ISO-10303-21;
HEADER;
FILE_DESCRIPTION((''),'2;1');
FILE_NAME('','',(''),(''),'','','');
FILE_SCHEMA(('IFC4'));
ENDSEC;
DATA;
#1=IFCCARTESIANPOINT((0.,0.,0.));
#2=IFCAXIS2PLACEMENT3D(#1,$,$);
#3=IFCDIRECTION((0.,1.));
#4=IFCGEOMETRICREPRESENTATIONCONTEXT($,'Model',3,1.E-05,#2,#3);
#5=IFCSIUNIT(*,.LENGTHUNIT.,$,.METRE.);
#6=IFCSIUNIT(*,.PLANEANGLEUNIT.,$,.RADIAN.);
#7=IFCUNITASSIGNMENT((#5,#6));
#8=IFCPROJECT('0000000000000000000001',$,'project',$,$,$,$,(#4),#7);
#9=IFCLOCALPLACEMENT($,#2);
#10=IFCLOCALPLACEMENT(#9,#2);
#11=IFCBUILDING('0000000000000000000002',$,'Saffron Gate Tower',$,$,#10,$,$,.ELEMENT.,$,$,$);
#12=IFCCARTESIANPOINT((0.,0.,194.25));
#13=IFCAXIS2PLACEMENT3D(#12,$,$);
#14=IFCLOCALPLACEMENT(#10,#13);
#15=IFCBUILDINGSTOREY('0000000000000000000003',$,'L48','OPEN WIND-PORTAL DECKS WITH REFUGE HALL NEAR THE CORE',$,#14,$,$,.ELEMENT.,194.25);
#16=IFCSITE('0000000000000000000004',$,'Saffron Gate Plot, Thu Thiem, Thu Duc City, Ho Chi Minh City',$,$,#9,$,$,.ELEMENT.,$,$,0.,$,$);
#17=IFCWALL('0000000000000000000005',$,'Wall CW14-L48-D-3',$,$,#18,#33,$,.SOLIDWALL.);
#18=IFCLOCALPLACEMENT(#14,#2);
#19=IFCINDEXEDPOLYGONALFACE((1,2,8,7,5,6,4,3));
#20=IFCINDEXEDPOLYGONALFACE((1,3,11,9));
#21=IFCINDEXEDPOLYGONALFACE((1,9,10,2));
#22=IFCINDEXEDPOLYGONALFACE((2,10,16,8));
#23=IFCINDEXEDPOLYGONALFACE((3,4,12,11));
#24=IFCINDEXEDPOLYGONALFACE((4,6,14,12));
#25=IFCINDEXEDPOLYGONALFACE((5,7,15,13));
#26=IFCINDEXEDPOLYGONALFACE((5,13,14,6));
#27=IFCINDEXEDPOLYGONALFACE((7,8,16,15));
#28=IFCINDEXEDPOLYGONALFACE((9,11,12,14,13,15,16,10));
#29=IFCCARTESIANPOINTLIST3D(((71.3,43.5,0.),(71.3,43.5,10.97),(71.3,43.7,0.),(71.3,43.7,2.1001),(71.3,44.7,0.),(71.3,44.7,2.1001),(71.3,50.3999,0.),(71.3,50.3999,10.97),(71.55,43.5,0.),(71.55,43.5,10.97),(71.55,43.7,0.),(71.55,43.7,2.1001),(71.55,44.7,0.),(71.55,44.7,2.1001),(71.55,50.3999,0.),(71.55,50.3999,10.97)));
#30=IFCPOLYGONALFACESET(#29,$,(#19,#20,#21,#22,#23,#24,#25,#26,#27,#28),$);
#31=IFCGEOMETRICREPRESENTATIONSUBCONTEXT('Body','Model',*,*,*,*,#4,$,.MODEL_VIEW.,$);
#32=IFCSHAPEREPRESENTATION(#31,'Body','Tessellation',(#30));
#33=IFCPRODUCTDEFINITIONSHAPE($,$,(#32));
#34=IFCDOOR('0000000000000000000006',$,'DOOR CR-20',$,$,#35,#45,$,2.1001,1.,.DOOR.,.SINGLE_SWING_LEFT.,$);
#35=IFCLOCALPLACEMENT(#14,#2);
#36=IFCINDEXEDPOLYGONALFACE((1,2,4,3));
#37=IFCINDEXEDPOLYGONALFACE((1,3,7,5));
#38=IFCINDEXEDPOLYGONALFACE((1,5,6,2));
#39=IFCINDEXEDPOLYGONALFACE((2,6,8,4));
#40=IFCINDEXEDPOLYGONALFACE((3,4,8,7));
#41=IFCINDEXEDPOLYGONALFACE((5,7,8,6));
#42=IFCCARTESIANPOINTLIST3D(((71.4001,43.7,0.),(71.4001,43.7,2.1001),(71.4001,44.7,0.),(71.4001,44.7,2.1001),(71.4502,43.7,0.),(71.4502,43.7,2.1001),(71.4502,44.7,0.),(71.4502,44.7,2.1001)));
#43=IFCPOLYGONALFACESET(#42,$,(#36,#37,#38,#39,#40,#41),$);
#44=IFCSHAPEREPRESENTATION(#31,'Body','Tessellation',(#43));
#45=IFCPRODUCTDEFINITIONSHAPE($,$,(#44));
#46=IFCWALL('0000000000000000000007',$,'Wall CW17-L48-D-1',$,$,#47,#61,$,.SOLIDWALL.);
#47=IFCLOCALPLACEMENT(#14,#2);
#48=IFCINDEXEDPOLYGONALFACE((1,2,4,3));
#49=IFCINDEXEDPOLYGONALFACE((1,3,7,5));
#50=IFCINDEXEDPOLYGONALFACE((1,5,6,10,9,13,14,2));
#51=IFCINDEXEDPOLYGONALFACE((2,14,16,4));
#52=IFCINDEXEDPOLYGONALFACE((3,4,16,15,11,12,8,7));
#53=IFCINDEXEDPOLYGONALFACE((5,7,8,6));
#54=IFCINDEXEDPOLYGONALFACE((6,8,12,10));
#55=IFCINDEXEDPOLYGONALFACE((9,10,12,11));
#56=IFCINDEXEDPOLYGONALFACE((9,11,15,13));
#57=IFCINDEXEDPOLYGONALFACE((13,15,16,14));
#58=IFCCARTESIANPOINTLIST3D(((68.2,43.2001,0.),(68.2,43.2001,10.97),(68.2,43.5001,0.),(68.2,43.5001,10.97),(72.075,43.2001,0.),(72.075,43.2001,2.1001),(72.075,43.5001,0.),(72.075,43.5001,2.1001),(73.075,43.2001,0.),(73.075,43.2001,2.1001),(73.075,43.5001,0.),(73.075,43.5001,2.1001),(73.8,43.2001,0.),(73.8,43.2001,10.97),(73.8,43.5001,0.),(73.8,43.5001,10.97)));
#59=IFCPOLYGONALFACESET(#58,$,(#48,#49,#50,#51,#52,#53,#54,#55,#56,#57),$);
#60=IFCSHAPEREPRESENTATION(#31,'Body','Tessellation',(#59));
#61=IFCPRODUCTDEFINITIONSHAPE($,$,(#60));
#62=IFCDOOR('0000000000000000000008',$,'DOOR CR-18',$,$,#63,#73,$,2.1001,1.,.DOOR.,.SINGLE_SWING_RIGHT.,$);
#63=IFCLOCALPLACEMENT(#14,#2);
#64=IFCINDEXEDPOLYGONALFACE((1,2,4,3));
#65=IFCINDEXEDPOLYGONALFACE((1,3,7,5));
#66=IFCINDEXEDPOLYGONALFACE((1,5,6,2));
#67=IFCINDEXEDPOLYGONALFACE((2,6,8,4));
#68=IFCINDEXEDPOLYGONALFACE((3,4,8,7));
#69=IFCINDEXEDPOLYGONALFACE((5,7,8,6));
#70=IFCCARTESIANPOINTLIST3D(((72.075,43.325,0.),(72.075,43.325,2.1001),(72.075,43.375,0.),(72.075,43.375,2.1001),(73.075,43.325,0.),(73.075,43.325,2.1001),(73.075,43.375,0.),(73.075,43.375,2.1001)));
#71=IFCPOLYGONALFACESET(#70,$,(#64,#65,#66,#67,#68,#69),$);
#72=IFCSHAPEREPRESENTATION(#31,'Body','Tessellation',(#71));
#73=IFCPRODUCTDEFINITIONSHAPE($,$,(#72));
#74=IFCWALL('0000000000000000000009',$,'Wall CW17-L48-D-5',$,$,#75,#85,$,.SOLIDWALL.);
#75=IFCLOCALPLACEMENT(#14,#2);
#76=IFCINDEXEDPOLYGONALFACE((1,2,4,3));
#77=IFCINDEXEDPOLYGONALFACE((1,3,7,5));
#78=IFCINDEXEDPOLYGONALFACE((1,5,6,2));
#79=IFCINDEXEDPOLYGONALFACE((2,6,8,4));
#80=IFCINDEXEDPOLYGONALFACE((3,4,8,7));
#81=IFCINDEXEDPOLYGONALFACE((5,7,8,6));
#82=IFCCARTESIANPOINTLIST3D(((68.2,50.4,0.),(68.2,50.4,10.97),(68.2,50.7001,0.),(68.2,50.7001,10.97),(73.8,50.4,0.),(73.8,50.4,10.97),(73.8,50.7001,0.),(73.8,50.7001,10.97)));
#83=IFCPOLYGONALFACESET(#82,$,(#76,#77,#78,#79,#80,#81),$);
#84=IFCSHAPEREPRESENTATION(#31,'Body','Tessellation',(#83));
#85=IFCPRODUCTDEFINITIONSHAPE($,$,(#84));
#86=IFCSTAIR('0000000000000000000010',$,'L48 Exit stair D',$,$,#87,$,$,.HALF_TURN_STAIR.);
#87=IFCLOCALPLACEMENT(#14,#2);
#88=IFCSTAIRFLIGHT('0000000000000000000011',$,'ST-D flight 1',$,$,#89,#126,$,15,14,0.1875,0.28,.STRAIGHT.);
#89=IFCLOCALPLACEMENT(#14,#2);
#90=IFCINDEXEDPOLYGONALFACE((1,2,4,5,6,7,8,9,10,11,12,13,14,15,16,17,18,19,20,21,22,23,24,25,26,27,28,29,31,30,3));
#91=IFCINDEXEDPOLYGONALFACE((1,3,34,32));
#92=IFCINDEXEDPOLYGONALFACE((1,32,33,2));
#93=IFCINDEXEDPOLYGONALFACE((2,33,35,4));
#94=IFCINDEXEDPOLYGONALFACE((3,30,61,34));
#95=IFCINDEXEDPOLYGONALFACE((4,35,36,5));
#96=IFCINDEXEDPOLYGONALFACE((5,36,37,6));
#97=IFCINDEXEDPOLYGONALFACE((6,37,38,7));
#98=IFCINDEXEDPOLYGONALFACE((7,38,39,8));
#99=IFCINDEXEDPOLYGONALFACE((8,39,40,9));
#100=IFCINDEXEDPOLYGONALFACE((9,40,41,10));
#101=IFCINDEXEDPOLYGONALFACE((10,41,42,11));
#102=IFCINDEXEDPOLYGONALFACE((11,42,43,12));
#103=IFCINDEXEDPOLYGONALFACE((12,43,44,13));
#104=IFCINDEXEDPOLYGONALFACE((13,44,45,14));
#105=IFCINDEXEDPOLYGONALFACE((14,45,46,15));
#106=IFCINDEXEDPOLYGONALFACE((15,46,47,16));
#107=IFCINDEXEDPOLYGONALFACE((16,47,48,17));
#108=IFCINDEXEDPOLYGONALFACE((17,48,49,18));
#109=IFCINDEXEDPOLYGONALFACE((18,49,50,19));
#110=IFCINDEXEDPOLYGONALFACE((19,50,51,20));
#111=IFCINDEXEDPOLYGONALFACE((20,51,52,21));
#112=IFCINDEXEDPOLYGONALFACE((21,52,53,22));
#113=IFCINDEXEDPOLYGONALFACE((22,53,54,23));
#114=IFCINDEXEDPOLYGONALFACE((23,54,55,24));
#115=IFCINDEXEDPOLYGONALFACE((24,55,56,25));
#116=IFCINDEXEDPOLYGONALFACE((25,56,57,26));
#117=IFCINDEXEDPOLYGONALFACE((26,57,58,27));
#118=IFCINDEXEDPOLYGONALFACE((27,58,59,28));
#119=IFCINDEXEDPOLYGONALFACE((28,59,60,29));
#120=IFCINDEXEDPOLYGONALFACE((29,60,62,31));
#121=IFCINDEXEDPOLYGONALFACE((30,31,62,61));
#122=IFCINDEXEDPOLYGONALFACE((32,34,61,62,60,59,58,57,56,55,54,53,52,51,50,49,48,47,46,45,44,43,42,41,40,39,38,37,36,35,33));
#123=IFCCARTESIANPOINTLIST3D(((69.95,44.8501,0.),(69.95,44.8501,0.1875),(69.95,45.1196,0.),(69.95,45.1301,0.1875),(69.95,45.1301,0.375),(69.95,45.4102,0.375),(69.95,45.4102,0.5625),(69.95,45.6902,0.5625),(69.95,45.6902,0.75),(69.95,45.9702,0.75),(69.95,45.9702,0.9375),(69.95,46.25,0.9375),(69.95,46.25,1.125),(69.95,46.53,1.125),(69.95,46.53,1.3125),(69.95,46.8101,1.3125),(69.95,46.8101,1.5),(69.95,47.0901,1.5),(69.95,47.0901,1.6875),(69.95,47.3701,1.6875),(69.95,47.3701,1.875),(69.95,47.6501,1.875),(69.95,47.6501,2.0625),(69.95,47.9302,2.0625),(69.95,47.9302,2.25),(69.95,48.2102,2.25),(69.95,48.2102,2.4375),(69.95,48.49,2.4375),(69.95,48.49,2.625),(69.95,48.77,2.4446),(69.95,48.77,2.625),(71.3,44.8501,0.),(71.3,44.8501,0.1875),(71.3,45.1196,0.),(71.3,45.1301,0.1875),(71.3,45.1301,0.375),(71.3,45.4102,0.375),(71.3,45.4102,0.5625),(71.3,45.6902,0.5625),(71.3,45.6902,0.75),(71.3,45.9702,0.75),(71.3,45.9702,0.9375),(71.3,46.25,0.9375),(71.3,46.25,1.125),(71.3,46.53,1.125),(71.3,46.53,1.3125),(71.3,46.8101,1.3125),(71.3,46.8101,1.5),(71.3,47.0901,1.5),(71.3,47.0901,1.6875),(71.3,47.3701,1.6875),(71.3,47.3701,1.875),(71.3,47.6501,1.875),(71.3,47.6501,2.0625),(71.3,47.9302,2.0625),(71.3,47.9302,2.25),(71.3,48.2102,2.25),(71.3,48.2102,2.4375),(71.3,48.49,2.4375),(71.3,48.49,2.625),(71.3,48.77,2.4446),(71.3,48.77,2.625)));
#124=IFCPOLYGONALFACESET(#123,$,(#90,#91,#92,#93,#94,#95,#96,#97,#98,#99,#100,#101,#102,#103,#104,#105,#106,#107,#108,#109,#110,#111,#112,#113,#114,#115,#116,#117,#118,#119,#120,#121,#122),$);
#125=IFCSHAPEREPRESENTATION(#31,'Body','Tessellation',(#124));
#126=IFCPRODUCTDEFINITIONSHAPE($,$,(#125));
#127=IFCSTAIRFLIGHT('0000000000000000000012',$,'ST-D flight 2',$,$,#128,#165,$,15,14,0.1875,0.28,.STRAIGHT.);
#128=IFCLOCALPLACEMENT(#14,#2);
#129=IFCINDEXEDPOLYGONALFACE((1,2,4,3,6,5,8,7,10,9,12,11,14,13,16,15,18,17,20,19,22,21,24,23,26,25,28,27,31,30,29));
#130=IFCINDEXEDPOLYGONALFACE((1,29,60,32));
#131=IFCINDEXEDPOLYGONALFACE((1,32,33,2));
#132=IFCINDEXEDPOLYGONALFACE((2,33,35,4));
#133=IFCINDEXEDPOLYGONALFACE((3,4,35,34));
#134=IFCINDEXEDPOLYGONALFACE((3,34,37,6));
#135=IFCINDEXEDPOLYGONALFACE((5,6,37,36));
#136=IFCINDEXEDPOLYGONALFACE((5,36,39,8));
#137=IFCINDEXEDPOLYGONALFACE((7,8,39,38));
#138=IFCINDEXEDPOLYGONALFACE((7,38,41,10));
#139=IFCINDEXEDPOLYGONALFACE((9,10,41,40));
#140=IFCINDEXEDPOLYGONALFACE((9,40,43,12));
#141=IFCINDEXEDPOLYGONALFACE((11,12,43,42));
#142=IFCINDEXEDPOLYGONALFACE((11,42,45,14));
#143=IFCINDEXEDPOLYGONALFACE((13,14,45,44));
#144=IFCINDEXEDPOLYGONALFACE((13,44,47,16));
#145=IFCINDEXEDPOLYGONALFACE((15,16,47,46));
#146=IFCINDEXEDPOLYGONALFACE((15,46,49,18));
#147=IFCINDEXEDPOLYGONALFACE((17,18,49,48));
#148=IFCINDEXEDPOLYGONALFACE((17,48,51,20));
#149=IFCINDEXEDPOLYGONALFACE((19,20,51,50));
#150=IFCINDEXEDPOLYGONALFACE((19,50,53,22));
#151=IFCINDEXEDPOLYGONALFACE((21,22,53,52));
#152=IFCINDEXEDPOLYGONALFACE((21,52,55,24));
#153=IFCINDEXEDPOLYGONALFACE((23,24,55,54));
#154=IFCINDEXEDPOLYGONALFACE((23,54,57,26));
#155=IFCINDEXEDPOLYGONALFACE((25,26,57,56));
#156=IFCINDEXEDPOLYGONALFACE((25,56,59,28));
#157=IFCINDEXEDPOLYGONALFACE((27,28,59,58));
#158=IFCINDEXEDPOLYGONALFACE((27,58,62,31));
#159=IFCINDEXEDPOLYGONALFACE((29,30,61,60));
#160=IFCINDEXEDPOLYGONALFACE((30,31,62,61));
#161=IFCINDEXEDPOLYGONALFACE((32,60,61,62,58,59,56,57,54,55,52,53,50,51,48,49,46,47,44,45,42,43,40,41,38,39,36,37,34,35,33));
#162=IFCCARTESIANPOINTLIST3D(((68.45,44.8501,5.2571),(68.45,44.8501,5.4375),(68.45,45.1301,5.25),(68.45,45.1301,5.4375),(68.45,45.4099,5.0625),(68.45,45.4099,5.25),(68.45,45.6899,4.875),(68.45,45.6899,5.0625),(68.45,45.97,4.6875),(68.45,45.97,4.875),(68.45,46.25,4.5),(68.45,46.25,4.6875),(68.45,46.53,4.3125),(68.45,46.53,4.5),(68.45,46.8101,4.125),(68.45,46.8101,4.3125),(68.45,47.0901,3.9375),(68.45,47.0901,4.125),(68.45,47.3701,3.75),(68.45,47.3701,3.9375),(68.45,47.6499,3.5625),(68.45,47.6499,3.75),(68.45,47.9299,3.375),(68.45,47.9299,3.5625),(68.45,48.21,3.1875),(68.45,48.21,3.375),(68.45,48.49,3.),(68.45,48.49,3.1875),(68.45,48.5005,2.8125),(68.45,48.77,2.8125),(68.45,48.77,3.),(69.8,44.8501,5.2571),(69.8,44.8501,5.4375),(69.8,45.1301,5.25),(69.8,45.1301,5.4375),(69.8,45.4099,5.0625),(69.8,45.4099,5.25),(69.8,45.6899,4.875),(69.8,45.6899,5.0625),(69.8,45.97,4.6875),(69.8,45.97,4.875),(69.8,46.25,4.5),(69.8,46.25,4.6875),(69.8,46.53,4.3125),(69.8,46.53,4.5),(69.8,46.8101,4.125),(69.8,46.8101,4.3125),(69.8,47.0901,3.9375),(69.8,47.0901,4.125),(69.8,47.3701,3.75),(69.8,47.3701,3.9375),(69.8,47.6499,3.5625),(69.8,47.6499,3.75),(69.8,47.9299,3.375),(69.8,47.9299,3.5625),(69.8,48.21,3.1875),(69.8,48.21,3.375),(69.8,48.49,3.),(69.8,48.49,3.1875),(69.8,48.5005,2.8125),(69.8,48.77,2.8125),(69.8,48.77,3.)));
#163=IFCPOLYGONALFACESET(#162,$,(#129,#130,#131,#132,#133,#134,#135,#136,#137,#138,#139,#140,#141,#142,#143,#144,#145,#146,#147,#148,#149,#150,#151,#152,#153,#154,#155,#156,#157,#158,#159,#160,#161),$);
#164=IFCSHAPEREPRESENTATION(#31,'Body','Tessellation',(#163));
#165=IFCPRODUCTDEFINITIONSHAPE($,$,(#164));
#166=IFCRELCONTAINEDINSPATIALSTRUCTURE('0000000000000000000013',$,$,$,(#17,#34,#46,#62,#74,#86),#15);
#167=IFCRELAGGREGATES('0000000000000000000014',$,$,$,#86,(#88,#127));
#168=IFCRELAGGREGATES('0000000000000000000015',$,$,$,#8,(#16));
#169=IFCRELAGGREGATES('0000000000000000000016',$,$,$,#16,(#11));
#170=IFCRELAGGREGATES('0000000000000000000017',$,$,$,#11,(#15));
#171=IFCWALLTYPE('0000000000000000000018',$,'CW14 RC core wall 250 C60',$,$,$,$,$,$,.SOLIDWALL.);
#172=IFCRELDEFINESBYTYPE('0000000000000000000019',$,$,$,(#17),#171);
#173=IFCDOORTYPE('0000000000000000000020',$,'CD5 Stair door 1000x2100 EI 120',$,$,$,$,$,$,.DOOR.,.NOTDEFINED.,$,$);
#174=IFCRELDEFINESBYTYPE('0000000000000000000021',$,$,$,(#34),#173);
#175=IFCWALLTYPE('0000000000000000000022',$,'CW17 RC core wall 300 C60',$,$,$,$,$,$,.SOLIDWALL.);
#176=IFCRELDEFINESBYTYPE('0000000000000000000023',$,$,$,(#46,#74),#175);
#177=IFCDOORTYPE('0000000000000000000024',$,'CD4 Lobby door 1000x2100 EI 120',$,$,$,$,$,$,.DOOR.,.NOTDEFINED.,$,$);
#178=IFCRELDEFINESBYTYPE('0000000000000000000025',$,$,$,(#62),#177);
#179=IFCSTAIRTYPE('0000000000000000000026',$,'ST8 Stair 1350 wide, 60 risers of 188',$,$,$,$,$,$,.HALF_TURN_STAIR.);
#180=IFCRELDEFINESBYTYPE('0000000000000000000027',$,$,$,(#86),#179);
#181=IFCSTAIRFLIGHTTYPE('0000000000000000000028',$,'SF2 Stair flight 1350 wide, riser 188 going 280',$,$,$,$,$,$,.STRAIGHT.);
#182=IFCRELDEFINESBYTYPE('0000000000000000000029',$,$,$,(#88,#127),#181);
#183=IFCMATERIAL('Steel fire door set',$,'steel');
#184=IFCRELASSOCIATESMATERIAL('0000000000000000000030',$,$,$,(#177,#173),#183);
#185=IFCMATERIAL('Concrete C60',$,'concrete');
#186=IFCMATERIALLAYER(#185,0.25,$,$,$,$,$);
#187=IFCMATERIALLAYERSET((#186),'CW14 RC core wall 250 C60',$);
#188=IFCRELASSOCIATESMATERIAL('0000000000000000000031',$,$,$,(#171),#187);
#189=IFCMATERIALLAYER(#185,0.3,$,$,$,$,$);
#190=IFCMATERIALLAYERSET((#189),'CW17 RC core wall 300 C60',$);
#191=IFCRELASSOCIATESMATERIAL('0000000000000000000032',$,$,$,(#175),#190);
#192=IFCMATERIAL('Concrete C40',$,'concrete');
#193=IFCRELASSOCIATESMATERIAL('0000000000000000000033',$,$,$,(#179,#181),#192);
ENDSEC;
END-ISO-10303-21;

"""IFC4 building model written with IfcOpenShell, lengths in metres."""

from ifc_helpers import new_model, si_unit, direction, frame, frame_2d, origin, place, context, subcontext, project, spatial, polyline, rectangle, outline, extrude, material, layer, layer_set, type_object, element, fill, aggregate, save


model = new_model("IFC4")

# Units and contexts
model_context = context("Model", 3, precision=1e-05, world=origin(), true_north=direction((0.0, 1.0)))
body_context = subcontext(model_context, "Body", "Model", "MODEL_VIEW")
ifc_project = project(units=[si_unit("LENGTHUNIT", "METRE"), si_unit("PLANEANGLEUNIT", "RADIAN")], contexts=[model_context])

# Site, building, storey
site_placement = place(None, origin())
site = spatial("IfcSite", under=ifc_project, at=site_placement, Name="Saffron Gate Plot, Thu Thiem, Thu Duc City, Ho Chi Minh City", CompositionType="ELEMENT", RefElevation=0.0)
building_placement = place(site_placement, origin())
building = spatial("IfcBuilding", under=site, at=building_placement, Name="Saffron Gate Tower", CompositionType="ELEMENT")
storey_placement = place(building_placement, frame((0.0, 0.0, 194.25)))
storey = spatial("IfcBuildingStorey", under=building, at=storey_placement, Name="L48", Description="OPEN WIND-PORTAL DECKS WITH REFUGE HALL NEAR THE CORE", CompositionType="ELEMENT", Elevation=194.25)

# Shared definitions
ifc_material_1 = material(Name="Steel fire door set", Category="steel")
door_type_1 = type_object("IfcDoorType", Name="CD4 Lobby door 1000x2100 EI 120", OperationType="NOTDEFINED", PredefinedType="DOOR", material=ifc_material_1)

# Shared definitions
ifc_material_2 = material(Name="Concrete C60", Category="concrete")
ifc_layer_1 = layer(ifc_material_2, 0.25)
ifc_layer_set_1 = layer_set([ifc_layer_1], Name="CW14 RC core wall 250 C60")
wall_type_1 = type_object("IfcWallType", Name="CW14 RC core wall 250 C60", PredefinedType="SOLIDWALL", material=ifc_layer_set_1)

# Walls, openings, doors
wall_1_placement = place(storey_placement, frame((71.425, 43.5, 0.0), z_axis=(0.0, 0.0, 1.0), x_axis=(0.0, 1.0, 0.0)))
wall_1 = element("IfcWall", 1, at=wall_1_placement, inside=storey, type_object=wall_type_1, Name="Wall CW14-L48-D-3", PredefinedType="SOLIDWALL", context=body_context, shape_type="SweptSolid", body=[
    extrude(rectangle(XDim=6.8999, YDim=0.25, at=frame_2d((3.45, 0.0))), origin(), (0.0, 0.0, 1.0), 10.97),
])
opening_1_placement = place(wall_1_placement, frame((0.2, 0.0, 0.0)))
opening_1 = element("IfcOpeningElement", 2, at=opening_1_placement, cuts=wall_1, PredefinedType="OPENING", context=body_context, shape_type="SweptSolid", body=[
    extrude(rectangle(XDim=1.0, YDim=2.1001, at=frame_2d((0.5, 1.05))), frame((0.0, 0.135, 0.0), z_axis=(0.0, -1.0, 0.0), x_axis=(1.0, 0.0, 0.0)), (0.0, 0.0, 1.0), 0.27),
])
door_type_2 = type_object("IfcDoorType", Name="CD5 Stair door 1000x2100 EI 120", OperationType="NOTDEFINED", PredefinedType="DOOR", material=ifc_material_1)
door_1_placement = place(opening_1_placement, origin())
door_1 = element("IfcDoor", 3, at=door_1_placement, inside=storey, type_object=door_type_2, Name="DOOR CR-20", OperationType="SINGLE_SWING_LEFT", OverallHeight=2.1001, OverallWidth=1.0, PredefinedType="DOOR", context=body_context, shape_type="SweptSolid", body=[
    extrude(rectangle(XDim=1.0, YDim=2.1001, at=frame_2d((0.5, 1.05))), frame((0.0, 0.0249, 0.0), z_axis=(0.0, -1.0, 0.0), x_axis=(1.0, 0.0, 0.0)), (0.0, 0.0, 1.0), 0.05),
])
fill(opening_1, door_1)
ifc_layer_2 = layer(ifc_material_2, 0.3)
ifc_layer_set_2 = layer_set([ifc_layer_2], Name="CW17 RC core wall 300 C60")
wall_type_2 = type_object("IfcWallType", Name="CW17 RC core wall 300 C60", PredefinedType="SOLIDWALL", material=ifc_layer_set_2)
wall_2_placement = place(storey_placement, frame((68.2, 43.3501, 0.0), z_axis=(0.0, 0.0, 1.0), x_axis=(1.0, 0.0, 0.0)))
wall_2 = element("IfcWall", 4, at=wall_2_placement, inside=storey, type_object=wall_type_2, Name="Wall CW17-L48-D-1", PredefinedType="SOLIDWALL", context=body_context, shape_type="SweptSolid", body=[
    extrude(rectangle(XDim=5.6001, YDim=0.3, at=frame_2d((2.8, 0.0))), origin(), (0.0, 0.0, 1.0), 10.97),
])
opening_2_placement = place(wall_2_placement, frame((3.875, 0.0, 0.0)))
opening_2 = element("IfcOpeningElement", 5, at=opening_2_placement, cuts=wall_2, PredefinedType="OPENING", context=body_context, shape_type="SweptSolid", body=[
    extrude(rectangle(XDim=1.0, YDim=2.1001, at=frame_2d((0.5, 1.05))), frame((0.0, 0.1602, 0.0), z_axis=(0.0, -1.0, 0.0), x_axis=(1.0, 0.0, 0.0)), (0.0, 0.0, 1.0), 0.3201),
])
door_2_placement = place(opening_2_placement, origin())
door_2 = element("IfcDoor", 6, at=door_2_placement, inside=storey, type_object=door_type_1, Name="DOOR CR-18", OperationType="SINGLE_SWING_RIGHT", OverallHeight=2.1001, OverallWidth=1.0, PredefinedType="DOOR", context=body_context, shape_type="SweptSolid", body=[
    extrude(rectangle(XDim=1.0, YDim=2.1001, at=frame_2d((0.5, 1.05))), frame((0.0, 0.0249, 0.0), z_axis=(0.0, -1.0, 0.0), x_axis=(1.0, 0.0, 0.0)), (0.0, 0.0, 1.0), 0.05),
])
fill(opening_2, door_2)

# Wall
wall_3_placement = place(storey_placement, frame((68.2, 50.55, 0.0), z_axis=(0.0, 0.0, 1.0), x_axis=(1.0, 0.0, 0.0)))
element("IfcWall", 7, at=wall_3_placement, inside=storey, type_object=wall_type_2, Name="Wall CW17-L48-D-5", PredefinedType="SOLIDWALL", context=body_context, shape_type="SweptSolid", body=[
    extrude(rectangle(XDim=5.6001, YDim=0.3, at=frame_2d((2.8, 0.0))), origin(), (0.0, 0.0, 1.0), 10.97),
])

# Stair, stair flights
ifc_material_3 = material(Name="Concrete C40", Category="concrete")
stair_type = type_object("IfcStairType", Name="ST8 Stair 1350 wide, 60 risers of 188", PredefinedType="HALF_TURN_STAIR", material=ifc_material_3)
stair_placement = place(storey_placement, origin())
stair = element("IfcStair", 8, at=stair_placement, inside=storey, type_object=stair_type, Name="L48 Exit stair D", PredefinedType="HALF_TURN_STAIR")
stair_flight_type = type_object("IfcStairFlightType", Name="SF2 Stair flight 1350 wide, riser 188 going 280", PredefinedType="STRAIGHT", material=ifc_material_3)
stair_flight_1_placement = place(storey_placement, frame((70.625, 44.8501, 0.0), z_axis=(0.0, 0.0, 1.0), x_axis=(0.0, 1.0, 0.0)))
stair_flight_1 = element("IfcStairFlight", 9, at=stair_flight_1_placement, type_object=stair_flight_type, Name="ST-D flight 1", NumberOfRisers=15, NumberOfTreads=14, PredefinedType="STRAIGHT", RiserHeight=0.1875, TreadLength=0.28, context=body_context, shape_type="SweptSolid", body=[
    extrude(outline(polyline([(0.0, 0.0), (0.0, 0.1875), (0.28, 0.1875), (0.28, 0.375), (0.5601, 0.375), (0.5601, 0.5625), (0.8401, 0.5625), (0.8401, 0.75), (1.1201, 0.75), (1.1201, 0.9375), (1.3999, 0.9375), (1.3999, 1.125), (1.6799, 1.125), (1.6799, 1.3125), (1.96, 1.3125), (1.96, 1.5), (2.24, 1.5), (2.24, 1.6875), (2.52, 1.6875), (2.52, 1.875), (2.8, 1.875), (2.8, 2.0625), (3.0801, 2.0625), (3.0801, 2.25), (3.3601, 2.25), (3.3601, 2.4375), (3.6399, 2.4375), (3.6399, 2.625), (3.9199, 2.625), (3.9199, 2.8125), (3.9199, 2.4446), (0.2695, 0.0), (0.0, 0.0)])), frame((0.0, 0.675, 0.0), z_axis=(0.0, -1.0, 0.0), x_axis=(1.0, 0.0, 0.0)), (0.0, 0.0, 1.0), 1.3501),
])
stair_flight_2_placement = place(storey_placement, frame((69.125, 48.77, 2.8125), z_axis=(0.0, 0.0, 1.0), x_axis=(0.0, -1.0, 0.0)))
stair_flight_2 = element("IfcStairFlight", 10, at=stair_flight_2_placement, type_object=stair_flight_type, Name="ST-D flight 2", NumberOfRisers=15, NumberOfTreads=14, PredefinedType="STRAIGHT", RiserHeight=0.1875, TreadLength=0.28, context=body_context, shape_type="SweptSolid", body=[
    extrude(outline(polyline([(0.0, 0.0), (0.0, 0.1875), (0.28, 0.1875), (0.28, 0.375), (0.5601, 0.375), (0.5601, 0.5625), (0.8401, 0.5625), (0.8401, 0.75), (1.1201, 0.75), (1.1201, 0.9375), (1.3999, 0.9375), (1.3999, 1.125), (1.6799, 1.125), (1.6799, 1.3125), (1.96, 1.3125), (1.96, 1.5), (2.24, 1.5), (2.24, 1.6875), (2.52, 1.6875), (2.52, 1.875), (2.8, 1.875), (2.8, 2.0625), (3.0801, 2.0625), (3.0801, 2.25), (3.3601, 2.25), (3.3601, 2.4375), (3.6399, 2.4375), (3.6399, 2.625), (3.9199, 2.625), (3.9199, 2.8125), (3.9199, 2.4446), (0.2695, 0.0), (0.0, 0.0)])), frame((0.0, 0.675, 0.0), z_axis=(0.0, -1.0, 0.0), x_axis=(1.0, 0.0, 0.0)), (0.0, 0.0, 1.0), 1.3501),
])
aggregate(stair, [stair_flight_1, stair_flight_2])

save(model, "model.ifc")
